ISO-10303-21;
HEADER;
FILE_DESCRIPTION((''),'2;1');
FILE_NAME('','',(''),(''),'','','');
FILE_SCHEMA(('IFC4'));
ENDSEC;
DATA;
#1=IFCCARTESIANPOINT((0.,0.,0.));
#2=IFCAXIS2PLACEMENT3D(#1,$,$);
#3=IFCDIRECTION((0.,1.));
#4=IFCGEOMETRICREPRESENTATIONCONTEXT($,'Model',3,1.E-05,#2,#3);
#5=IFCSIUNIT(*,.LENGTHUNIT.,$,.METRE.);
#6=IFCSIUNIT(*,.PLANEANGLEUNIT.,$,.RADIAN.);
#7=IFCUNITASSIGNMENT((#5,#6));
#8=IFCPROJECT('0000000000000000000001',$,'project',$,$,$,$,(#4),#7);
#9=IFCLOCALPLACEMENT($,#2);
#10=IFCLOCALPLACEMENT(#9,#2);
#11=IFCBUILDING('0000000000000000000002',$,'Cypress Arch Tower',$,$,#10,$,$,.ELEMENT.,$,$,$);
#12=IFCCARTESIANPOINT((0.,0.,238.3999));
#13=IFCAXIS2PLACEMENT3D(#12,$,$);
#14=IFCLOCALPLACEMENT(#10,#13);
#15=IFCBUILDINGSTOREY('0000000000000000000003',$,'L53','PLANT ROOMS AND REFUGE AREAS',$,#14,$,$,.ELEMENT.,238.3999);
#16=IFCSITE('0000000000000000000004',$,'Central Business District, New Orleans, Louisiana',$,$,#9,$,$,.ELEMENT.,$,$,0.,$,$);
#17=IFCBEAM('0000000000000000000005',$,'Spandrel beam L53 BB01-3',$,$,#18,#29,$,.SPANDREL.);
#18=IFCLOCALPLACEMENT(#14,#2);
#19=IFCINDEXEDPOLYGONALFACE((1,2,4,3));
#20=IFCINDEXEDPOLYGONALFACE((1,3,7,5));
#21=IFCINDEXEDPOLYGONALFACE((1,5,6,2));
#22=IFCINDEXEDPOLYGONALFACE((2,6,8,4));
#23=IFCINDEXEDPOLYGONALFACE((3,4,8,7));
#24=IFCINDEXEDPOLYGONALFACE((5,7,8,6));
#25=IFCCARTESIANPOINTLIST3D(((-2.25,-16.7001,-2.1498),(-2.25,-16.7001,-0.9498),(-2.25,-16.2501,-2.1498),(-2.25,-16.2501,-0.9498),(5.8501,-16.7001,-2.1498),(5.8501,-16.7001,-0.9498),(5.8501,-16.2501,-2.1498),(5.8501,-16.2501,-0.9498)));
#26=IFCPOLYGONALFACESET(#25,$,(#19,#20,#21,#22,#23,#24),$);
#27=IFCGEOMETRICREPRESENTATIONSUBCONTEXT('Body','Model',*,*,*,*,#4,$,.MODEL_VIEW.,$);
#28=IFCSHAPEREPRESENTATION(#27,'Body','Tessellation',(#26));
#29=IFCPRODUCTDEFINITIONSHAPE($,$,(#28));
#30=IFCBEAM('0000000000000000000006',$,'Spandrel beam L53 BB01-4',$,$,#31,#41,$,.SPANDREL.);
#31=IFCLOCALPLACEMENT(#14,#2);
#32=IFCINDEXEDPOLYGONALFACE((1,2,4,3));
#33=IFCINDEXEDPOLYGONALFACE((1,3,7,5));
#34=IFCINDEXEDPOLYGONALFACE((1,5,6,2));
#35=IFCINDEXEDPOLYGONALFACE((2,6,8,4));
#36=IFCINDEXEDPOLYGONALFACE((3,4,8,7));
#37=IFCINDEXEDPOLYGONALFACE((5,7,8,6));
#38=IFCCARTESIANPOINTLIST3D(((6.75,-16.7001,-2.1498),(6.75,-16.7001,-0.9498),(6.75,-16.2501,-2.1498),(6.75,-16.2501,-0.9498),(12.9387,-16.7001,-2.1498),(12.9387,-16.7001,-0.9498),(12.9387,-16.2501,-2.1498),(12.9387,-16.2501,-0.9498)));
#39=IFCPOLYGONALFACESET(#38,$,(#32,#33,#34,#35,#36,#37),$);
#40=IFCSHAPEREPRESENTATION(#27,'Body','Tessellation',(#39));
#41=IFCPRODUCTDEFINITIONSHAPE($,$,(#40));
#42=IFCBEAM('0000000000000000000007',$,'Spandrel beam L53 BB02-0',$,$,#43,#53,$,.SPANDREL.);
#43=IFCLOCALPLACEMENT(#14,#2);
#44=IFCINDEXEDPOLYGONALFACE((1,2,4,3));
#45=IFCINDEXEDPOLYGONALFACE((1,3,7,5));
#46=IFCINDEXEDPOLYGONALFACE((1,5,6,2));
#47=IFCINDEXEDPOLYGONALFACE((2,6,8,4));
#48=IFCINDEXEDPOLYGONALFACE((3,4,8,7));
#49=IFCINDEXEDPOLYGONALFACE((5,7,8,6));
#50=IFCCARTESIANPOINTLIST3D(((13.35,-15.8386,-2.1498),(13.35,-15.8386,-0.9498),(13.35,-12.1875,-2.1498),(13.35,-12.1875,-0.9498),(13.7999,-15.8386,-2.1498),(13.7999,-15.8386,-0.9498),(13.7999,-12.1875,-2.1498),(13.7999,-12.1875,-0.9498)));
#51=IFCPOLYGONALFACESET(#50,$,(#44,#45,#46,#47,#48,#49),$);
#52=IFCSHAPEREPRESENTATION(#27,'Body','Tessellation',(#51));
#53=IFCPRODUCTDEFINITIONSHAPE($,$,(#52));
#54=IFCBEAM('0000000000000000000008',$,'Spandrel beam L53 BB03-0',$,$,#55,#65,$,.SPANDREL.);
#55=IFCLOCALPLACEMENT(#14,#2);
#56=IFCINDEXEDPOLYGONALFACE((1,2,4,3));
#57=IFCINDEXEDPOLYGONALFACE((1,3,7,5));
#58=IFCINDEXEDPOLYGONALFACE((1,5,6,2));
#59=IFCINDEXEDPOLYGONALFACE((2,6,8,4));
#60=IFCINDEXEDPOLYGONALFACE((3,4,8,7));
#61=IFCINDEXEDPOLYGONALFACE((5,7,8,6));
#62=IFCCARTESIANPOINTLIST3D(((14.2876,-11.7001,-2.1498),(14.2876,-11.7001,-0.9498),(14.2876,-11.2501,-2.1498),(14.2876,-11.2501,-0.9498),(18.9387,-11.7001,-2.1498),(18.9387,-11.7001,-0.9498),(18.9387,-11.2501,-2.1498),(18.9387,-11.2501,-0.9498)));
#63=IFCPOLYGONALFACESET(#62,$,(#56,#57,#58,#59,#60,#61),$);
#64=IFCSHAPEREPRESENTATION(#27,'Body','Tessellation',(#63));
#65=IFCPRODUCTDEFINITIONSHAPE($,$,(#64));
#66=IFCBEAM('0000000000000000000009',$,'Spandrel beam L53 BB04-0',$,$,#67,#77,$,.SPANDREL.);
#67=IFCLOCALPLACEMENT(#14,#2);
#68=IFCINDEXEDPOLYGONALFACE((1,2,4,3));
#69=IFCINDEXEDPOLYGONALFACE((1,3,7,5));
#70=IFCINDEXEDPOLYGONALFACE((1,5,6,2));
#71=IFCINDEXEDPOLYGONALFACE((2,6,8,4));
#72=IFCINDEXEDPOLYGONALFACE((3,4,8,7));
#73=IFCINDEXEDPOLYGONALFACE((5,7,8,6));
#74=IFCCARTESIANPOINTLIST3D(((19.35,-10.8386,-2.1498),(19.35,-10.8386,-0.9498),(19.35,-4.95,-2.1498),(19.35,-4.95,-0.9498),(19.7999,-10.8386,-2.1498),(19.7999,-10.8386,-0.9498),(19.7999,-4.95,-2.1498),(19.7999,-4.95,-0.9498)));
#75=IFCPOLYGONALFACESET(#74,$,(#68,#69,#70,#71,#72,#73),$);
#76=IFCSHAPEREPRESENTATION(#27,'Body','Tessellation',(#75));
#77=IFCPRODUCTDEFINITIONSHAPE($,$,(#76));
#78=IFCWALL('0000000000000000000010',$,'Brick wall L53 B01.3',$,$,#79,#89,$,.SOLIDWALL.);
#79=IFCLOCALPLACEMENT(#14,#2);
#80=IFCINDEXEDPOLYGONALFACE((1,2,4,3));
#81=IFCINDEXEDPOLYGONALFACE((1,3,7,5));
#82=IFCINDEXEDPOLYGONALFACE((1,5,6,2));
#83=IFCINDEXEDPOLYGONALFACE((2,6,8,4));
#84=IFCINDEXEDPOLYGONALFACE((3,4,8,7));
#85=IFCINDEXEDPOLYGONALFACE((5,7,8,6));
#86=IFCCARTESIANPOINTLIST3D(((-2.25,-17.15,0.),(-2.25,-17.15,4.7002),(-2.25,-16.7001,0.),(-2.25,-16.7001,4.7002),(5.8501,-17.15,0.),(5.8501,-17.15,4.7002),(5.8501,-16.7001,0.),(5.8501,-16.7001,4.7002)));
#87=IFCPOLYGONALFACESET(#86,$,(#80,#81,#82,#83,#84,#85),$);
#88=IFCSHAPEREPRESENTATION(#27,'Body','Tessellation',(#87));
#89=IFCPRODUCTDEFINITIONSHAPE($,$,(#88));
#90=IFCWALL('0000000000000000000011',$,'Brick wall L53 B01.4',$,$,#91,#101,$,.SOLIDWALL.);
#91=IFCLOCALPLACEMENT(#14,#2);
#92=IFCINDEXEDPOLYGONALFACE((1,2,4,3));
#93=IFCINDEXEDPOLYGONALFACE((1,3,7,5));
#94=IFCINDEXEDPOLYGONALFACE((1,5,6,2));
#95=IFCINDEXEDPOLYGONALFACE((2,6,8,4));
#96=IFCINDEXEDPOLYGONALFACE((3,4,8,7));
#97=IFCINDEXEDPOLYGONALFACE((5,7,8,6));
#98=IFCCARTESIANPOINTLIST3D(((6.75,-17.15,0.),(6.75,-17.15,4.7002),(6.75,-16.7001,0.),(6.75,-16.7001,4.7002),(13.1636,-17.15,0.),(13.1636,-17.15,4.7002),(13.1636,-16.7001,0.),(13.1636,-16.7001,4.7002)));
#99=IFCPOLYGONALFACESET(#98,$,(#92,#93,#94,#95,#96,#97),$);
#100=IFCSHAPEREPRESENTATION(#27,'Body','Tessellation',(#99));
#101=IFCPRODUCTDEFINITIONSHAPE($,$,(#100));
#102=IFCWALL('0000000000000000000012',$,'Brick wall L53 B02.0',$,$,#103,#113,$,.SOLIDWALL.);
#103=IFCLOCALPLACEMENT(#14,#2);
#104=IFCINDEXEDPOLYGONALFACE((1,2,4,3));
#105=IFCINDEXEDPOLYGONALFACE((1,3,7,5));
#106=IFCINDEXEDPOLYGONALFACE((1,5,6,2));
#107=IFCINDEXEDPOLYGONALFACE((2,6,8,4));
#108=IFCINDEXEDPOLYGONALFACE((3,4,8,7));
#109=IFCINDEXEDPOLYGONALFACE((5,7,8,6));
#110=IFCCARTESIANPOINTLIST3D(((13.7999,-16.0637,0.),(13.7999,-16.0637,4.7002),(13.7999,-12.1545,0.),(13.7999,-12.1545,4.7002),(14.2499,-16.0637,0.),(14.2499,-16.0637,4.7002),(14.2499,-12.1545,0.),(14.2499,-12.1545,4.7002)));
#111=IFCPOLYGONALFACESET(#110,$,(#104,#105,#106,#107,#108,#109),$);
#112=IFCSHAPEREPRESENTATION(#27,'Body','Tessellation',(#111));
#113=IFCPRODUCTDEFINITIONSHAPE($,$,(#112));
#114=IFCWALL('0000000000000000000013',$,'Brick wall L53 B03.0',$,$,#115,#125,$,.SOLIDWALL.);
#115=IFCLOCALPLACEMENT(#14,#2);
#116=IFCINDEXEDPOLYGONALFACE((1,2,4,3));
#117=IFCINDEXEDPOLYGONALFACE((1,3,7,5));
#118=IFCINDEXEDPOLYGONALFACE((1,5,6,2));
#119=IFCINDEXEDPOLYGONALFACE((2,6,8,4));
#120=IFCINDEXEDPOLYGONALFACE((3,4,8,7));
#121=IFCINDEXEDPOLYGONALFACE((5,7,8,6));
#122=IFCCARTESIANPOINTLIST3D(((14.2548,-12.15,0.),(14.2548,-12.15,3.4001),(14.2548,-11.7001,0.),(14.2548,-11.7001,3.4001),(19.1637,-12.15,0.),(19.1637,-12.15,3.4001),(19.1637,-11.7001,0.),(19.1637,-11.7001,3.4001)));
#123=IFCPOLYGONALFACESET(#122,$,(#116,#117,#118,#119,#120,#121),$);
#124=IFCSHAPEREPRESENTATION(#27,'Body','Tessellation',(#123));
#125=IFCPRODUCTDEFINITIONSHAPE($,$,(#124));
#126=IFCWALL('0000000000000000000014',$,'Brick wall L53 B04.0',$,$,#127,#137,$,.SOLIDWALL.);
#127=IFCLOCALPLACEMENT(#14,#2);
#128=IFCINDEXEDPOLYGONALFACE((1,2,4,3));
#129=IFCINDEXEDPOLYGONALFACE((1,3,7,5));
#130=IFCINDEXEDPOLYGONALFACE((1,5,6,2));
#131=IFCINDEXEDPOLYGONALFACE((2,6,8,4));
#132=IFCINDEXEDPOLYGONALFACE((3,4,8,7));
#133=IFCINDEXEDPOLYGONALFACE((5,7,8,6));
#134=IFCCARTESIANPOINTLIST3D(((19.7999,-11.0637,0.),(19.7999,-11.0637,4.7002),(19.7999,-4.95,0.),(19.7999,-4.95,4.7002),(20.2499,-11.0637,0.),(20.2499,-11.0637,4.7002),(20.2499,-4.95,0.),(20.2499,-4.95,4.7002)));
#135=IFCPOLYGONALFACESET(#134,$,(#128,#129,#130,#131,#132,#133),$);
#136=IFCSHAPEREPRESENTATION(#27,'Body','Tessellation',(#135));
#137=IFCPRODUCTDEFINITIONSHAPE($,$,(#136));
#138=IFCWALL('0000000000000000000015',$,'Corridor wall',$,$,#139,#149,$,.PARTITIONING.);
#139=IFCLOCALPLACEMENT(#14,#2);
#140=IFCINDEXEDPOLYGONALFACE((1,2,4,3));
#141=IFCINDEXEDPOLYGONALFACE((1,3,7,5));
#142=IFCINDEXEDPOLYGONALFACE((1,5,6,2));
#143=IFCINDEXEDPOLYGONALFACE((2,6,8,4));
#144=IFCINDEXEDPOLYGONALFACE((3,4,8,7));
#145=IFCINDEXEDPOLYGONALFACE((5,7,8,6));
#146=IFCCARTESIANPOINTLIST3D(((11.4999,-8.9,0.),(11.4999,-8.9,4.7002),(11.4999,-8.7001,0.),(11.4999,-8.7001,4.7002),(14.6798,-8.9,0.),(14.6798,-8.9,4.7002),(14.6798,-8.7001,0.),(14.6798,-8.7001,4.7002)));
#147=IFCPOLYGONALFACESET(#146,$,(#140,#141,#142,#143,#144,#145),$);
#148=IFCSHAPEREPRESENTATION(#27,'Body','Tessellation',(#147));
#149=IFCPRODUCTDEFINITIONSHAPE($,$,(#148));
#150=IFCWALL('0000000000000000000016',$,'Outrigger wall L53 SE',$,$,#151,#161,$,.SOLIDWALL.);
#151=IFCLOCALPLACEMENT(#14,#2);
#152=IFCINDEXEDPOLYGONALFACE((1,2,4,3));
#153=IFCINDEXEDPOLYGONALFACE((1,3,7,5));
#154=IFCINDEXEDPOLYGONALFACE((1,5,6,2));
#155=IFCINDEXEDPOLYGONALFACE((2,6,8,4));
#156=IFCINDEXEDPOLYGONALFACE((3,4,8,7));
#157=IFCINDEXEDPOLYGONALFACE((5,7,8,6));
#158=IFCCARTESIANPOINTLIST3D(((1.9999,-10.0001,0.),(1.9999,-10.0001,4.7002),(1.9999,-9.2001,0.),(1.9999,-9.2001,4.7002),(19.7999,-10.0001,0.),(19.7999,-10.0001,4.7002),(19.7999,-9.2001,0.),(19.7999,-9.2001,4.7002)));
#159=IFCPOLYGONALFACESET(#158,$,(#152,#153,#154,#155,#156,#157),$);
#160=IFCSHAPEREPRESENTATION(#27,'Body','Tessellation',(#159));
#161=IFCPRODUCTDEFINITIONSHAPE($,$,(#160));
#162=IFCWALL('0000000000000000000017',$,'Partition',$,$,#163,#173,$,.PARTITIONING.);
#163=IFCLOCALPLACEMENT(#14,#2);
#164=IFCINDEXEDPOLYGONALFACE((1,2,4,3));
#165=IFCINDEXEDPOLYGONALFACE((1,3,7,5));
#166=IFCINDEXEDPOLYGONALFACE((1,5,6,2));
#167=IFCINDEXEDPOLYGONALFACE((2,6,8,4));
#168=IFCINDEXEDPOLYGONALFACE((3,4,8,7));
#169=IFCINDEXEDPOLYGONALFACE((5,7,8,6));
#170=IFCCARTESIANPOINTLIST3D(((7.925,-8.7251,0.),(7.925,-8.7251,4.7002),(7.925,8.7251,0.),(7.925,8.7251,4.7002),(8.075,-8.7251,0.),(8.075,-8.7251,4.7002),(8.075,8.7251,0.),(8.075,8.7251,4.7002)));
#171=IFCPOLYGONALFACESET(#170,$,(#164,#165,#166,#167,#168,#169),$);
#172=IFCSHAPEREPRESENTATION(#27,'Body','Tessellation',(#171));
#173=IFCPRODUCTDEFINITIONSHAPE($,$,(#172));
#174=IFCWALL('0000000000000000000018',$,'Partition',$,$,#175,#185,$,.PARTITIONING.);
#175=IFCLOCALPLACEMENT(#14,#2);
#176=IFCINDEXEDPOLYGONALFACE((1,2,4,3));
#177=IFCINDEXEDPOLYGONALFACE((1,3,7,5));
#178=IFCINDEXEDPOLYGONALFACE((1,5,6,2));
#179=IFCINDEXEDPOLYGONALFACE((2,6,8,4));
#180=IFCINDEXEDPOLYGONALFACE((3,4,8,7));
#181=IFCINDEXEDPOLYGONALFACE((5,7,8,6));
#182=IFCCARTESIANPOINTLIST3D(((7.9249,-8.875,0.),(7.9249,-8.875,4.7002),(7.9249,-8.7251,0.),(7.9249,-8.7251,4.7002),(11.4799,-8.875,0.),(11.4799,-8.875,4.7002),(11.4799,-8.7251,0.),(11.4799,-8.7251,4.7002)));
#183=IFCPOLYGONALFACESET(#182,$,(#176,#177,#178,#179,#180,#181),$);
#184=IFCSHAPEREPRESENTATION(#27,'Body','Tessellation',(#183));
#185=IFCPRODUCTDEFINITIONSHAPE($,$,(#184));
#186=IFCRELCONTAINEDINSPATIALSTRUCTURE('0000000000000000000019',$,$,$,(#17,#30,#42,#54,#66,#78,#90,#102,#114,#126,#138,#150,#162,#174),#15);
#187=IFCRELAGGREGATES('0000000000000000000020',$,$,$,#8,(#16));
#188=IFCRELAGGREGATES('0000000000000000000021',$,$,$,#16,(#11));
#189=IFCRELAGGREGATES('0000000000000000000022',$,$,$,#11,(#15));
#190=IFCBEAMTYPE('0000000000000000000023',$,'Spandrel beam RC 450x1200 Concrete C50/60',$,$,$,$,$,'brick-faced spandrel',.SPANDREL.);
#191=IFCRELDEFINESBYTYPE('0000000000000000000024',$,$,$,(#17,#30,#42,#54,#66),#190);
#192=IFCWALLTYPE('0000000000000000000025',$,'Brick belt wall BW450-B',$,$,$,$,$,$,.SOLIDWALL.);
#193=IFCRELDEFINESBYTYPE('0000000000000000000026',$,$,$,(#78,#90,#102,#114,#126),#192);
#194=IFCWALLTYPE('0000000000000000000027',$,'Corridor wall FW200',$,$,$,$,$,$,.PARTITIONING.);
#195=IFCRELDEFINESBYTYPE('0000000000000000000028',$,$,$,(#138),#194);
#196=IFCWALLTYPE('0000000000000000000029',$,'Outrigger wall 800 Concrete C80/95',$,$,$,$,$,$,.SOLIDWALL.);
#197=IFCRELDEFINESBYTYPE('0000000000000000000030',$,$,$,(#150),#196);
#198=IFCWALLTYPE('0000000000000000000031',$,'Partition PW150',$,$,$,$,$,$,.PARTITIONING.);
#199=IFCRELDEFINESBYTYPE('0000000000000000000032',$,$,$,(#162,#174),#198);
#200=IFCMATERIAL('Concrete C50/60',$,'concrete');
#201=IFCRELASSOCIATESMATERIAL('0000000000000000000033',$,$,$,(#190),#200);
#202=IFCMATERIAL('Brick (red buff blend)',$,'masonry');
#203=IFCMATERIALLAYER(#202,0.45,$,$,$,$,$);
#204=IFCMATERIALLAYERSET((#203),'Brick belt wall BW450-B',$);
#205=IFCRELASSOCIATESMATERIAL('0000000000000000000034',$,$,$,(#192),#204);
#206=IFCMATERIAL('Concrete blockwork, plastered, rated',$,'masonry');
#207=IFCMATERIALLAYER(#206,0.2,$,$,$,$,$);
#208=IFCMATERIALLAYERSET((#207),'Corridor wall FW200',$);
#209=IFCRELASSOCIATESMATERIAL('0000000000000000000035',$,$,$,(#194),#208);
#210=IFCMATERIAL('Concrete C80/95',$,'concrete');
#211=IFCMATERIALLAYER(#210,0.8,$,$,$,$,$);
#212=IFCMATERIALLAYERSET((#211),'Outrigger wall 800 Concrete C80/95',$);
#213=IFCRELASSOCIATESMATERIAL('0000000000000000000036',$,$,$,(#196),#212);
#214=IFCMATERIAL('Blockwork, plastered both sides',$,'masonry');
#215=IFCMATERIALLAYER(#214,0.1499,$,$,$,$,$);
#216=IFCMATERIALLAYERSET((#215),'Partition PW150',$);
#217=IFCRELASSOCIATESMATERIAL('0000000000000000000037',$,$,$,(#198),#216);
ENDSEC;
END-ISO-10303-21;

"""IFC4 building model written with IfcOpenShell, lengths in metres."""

from ifc_helpers import new_model, si_unit, direction, frame, frame_2d, origin, origin_2d, place, context, subcontext, project, spatial, rectangle, extrude, material, layer, layer_set, material_profile, profile_set, type_object, element, save


model = new_model("IFC4")

# Units and contexts
model_context = context("Model", 3, precision=1e-05, world=origin(), true_north=direction((0.0, 1.0)))
body_context = subcontext(model_context, "Body", "Model", "MODEL_VIEW")
ifc_project = project(units=[si_unit("LENGTHUNIT", "METRE"), si_unit("PLANEANGLEUNIT", "RADIAN")], contexts=[model_context])

# Site, building, storey
site_placement = place(None, origin())
site = spatial("IfcSite", under=ifc_project, at=site_placement, Name="Central Business District, New Orleans, Louisiana", CompositionType="ELEMENT", RefElevation=0.0)
building_placement = place(site_placement, origin())
building = spatial("IfcBuilding", under=site, at=building_placement, Name="Cypress Arch Tower", CompositionType="ELEMENT")
storey_placement = place(building_placement, frame((0.0, 0.0, 238.3999)))
storey = spatial("IfcBuildingStorey", under=building, at=storey_placement, Name="L53", Description="PLANT ROOMS AND REFUGE AREAS", CompositionType="ELEMENT", Elevation=238.3999)

# Beams
ifc_material_1 = material(Name="Concrete C50/60", Category="concrete")
ifc_material_profile_1 = material_profile(ifc_material_1, rectangle(XDim=0.45, YDim=1.2, at=origin_2d()), Name="RC 450x1200")
ifc_profile_set_1 = profile_set([ifc_material_profile_1], Name="Concrete C50/60")
beam_type_1 = type_object("IfcBeamType", Name="Spandrel beam RC 450x1200 Concrete C50/60", ElementType="brick-faced spandrel", PredefinedType="SPANDREL", material=ifc_profile_set_1)
beam_1_placement = place(storey_placement, frame((-2.25, -16.4751, -1.5498), z_axis=(1.0, 0.0, 0.0), x_axis=(0.0, 1.0, 0.0)))
element("IfcBeam", 1, at=beam_1_placement, inside=storey, type_object=beam_type_1, Name="Spandrel beam L53 BB01-3", PredefinedType="SPANDREL", context=body_context, shape_type="SweptSolid", body=[
    extrude(rectangle(XDim=0.45, YDim=1.2, at=origin_2d()), origin(), (0.0, 0.0, 1.0), 8.1001),
])
beam_2_placement = place(storey_placement, frame((6.75, -16.4751, -1.5498), z_axis=(1.0, 0.0, 0.0), x_axis=(0.0, 1.0, 0.0)))
element("IfcBeam", 2, at=beam_2_placement, inside=storey, type_object=beam_type_1, Name="Spandrel beam L53 BB01-4", PredefinedType="SPANDREL", context=body_context, shape_type="SweptSolid", body=[
    extrude(rectangle(XDim=0.45, YDim=1.2, at=origin_2d()), origin(), (0.0, 0.0, 1.0), 6.1887),
])
beam_3_placement = place(storey_placement, frame((13.575, -15.8386, -1.5498), z_axis=(0.0, 1.0, 0.0), x_axis=(-1.0, 0.0, 0.0)))
element("IfcBeam", 3, at=beam_3_placement, inside=storey, type_object=beam_type_1, Name="Spandrel beam L53 BB02-0", PredefinedType="SPANDREL", context=body_context, shape_type="SweptSolid", body=[
    extrude(rectangle(XDim=0.45, YDim=1.2, at=origin_2d()), origin(), (0.0, 0.0, 1.0), 3.6511),
])
beam_4_placement = place(storey_placement, frame((14.2876, -11.4751, -1.5498), z_axis=(1.0, 0.0, 0.0), x_axis=(0.0, 1.0, 0.0)))
element("IfcBeam", 4, at=beam_4_placement, inside=storey, type_object=beam_type_1, Name="Spandrel beam L53 BB03-0", PredefinedType="SPANDREL", context=body_context, shape_type="SweptSolid", body=[
    extrude(rectangle(XDim=0.45, YDim=1.2, at=origin_2d()), origin(), (0.0, 0.0, 1.0), 4.6511),
])
beam_5_placement = place(storey_placement, frame((19.575, -10.8386, -1.5498), z_axis=(0.0, 1.0, 0.0), x_axis=(-1.0, 0.0, 0.0)))
element("IfcBeam", 5, at=beam_5_placement, inside=storey, type_object=beam_type_1, Name="Spandrel beam L53 BB04-0", PredefinedType="SPANDREL", context=body_context, shape_type="SweptSolid", body=[
    extrude(rectangle(XDim=0.45, YDim=1.2, at=origin_2d()), origin(), (0.0, 0.0, 1.0), 5.8887),
])

# Walls
ifc_material_2 = material(Name="Brick (red buff blend)", Category="masonry")
ifc_layer_1 = layer(ifc_material_2, 0.45)
ifc_layer_set_1 = layer_set([ifc_layer_1], Name="Brick belt wall BW450-B")
wall_type_1 = type_object("IfcWallType", Name="Brick belt wall BW450-B", PredefinedType="SOLIDWALL", material=ifc_layer_set_1)
wall_1_placement = place(storey_placement, frame((-2.25, -16.925, 0.0), z_axis=(0.0, 0.0, 1.0), x_axis=(1.0, 0.0, 0.0)))
element("IfcWall", 6, at=wall_1_placement, inside=storey, type_object=wall_type_1, Name="Brick wall L53 B01.3", PredefinedType="SOLIDWALL", context=body_context, shape_type="SweptSolid", body=[
    extrude(rectangle(XDim=8.1001, YDim=0.45, at=frame_2d((4.05, 0.0))), origin(), (0.0, 0.0, 1.0), 4.7002),
])
wall_2_placement = place(storey_placement, frame((6.75, -16.925, 0.0), z_axis=(0.0, 0.0, 1.0), x_axis=(1.0, 0.0, 0.0)))
element("IfcWall", 7, at=wall_2_placement, inside=storey, type_object=wall_type_1, Name="Brick wall L53 B01.4", PredefinedType="SOLIDWALL", context=body_context, shape_type="SweptSolid", body=[
    extrude(rectangle(XDim=6.4136, YDim=0.45, at=frame_2d((3.2068, 0.0))), origin(), (0.0, 0.0, 1.0), 4.7002),
])
wall_3_placement = place(storey_placement, frame((14.0249, -16.0637, 0.0), z_axis=(0.0, 0.0, 1.0), x_axis=(0.0, 1.0, 0.0)))
element("IfcWall", 8, at=wall_3_placement, inside=storey, type_object=wall_type_1, Name="Brick wall L53 B02.0", PredefinedType="SOLIDWALL", context=body_context, shape_type="SweptSolid", body=[
    extrude(rectangle(XDim=3.9092, YDim=0.45, at=frame_2d((1.9546, 0.0))), origin(), (0.0, 0.0, 1.0), 4.7002),
])
wall_4_placement = place(storey_placement, frame((14.2546, -11.925, 0.0), z_axis=(0.0, 0.0, 1.0), x_axis=(1.0, 0.0, 0.0)))
element("IfcWall", 9, at=wall_4_placement, inside=storey, type_object=wall_type_1, Name="Brick wall L53 B03.0", PredefinedType="SOLIDWALL", context=body_context, shape_type="SweptSolid", body=[
    extrude(rectangle(XDim=4.9089, YDim=0.45, at=frame_2d((2.4546, 0.0))), origin(), (0.0, 0.0, 1.0), 3.4001),
])
wall_5_placement = place(storey_placement, frame((20.0249, -11.0637, 0.0), z_axis=(0.0, 0.0, 1.0), x_axis=(0.0, 1.0, 0.0)))
element("IfcWall", 10, at=wall_5_placement, inside=storey, type_object=wall_type_1, Name="Brick wall L53 B04.0", PredefinedType="SOLIDWALL", context=body_context, shape_type="SweptSolid", body=[
    extrude(rectangle(XDim=6.1138, YDim=0.45, at=frame_2d((3.0569, 0.0))), origin(), (0.0, 0.0, 1.0), 4.7002),
])
ifc_material_3 = material(Name="Concrete blockwork, plastered, rated", Category="masonry")
ifc_layer_2 = layer(ifc_material_3, 0.2)
ifc_layer_set_2 = layer_set([ifc_layer_2], Name="Corridor wall FW200")
wall_type_2 = type_object("IfcWallType", Name="Corridor wall FW200", PredefinedType="PARTITIONING", material=ifc_layer_set_2)
wall_6_placement = place(storey_placement, frame((11.5, -8.8, 0.0), z_axis=(0.0, 0.0, 1.0), x_axis=(1.0, 0.0, 0.0)))
element("IfcWall", 11, at=wall_6_placement, inside=storey, type_object=wall_type_2, Name="Corridor wall", PredefinedType="PARTITIONING", context=body_context, shape_type="SweptSolid", body=[
    extrude(rectangle(XDim=3.1799, YDim=0.2, at=frame_2d((1.5898, 0.0))), origin(), (0.0, 0.0, 1.0), 4.7002),
])
ifc_material_4 = material(Name="Concrete C80/95", Category="concrete")
ifc_layer_3 = layer(ifc_material_4, 0.8)
ifc_layer_set_3 = layer_set([ifc_layer_3], Name="Outrigger wall 800 Concrete C80/95")
wall_type_3 = type_object("IfcWallType", Name="Outrigger wall 800 Concrete C80/95", PredefinedType="SOLIDWALL", material=ifc_layer_set_3)
wall_7_placement = place(storey_placement, frame((2.0, -9.6001, 0.0), z_axis=(0.0, 0.0, 1.0), x_axis=(1.0, 0.0, 0.0)))
element("IfcWall", 12, at=wall_7_placement, inside=storey, type_object=wall_type_3, Name="Outrigger wall L53 SE", PredefinedType="SOLIDWALL", context=body_context, shape_type="SweptSolid", body=[
    extrude(rectangle(XDim=17.8, YDim=0.8, at=frame_2d((8.8999, 0.0))), origin(), (0.0, 0.0, 1.0), 4.7002),
])
ifc_material_5 = material(Name="Blockwork, plastered both sides", Category="masonry")
ifc_layer_4 = layer(ifc_material_5, 0.1499)
ifc_layer_set_4 = layer_set([ifc_layer_4], Name="Partition PW150")
wall_type_4 = type_object("IfcWallType", Name="Partition PW150", PredefinedType="PARTITIONING", material=ifc_layer_set_4)
wall_8_placement = place(storey_placement, frame((8.0, -8.7251, 0.0), z_axis=(0.0, 0.0, 1.0), x_axis=(0.0, 1.0, 0.0)))
element("IfcWall", 13, at=wall_8_placement, inside=storey, type_object=wall_type_4, Name="Partition", PredefinedType="PARTITIONING", context=body_context, shape_type="SweptSolid", body=[
    extrude(rectangle(XDim=17.4502, YDim=0.1499, at=frame_2d((8.7251, 0.0))), origin(), (0.0, 0.0, 1.0), 4.7002),
])
wall_9_placement = place(storey_placement, frame((7.925, -8.8, 0.0), z_axis=(0.0, 0.0, 1.0), x_axis=(1.0, 0.0, 0.0)))
element("IfcWall", 14, at=wall_9_placement, inside=storey, type_object=wall_type_4, Name="Partition", PredefinedType="PARTITIONING", context=body_context, shape_type="SweptSolid", body=[
    extrude(rectangle(XDim=3.5549, YDim=0.1499, at=frame_2d((1.7773, 0.0))), origin(), (0.0, 0.0, 1.0), 4.7002),
])

save(model, "model.ifc")
